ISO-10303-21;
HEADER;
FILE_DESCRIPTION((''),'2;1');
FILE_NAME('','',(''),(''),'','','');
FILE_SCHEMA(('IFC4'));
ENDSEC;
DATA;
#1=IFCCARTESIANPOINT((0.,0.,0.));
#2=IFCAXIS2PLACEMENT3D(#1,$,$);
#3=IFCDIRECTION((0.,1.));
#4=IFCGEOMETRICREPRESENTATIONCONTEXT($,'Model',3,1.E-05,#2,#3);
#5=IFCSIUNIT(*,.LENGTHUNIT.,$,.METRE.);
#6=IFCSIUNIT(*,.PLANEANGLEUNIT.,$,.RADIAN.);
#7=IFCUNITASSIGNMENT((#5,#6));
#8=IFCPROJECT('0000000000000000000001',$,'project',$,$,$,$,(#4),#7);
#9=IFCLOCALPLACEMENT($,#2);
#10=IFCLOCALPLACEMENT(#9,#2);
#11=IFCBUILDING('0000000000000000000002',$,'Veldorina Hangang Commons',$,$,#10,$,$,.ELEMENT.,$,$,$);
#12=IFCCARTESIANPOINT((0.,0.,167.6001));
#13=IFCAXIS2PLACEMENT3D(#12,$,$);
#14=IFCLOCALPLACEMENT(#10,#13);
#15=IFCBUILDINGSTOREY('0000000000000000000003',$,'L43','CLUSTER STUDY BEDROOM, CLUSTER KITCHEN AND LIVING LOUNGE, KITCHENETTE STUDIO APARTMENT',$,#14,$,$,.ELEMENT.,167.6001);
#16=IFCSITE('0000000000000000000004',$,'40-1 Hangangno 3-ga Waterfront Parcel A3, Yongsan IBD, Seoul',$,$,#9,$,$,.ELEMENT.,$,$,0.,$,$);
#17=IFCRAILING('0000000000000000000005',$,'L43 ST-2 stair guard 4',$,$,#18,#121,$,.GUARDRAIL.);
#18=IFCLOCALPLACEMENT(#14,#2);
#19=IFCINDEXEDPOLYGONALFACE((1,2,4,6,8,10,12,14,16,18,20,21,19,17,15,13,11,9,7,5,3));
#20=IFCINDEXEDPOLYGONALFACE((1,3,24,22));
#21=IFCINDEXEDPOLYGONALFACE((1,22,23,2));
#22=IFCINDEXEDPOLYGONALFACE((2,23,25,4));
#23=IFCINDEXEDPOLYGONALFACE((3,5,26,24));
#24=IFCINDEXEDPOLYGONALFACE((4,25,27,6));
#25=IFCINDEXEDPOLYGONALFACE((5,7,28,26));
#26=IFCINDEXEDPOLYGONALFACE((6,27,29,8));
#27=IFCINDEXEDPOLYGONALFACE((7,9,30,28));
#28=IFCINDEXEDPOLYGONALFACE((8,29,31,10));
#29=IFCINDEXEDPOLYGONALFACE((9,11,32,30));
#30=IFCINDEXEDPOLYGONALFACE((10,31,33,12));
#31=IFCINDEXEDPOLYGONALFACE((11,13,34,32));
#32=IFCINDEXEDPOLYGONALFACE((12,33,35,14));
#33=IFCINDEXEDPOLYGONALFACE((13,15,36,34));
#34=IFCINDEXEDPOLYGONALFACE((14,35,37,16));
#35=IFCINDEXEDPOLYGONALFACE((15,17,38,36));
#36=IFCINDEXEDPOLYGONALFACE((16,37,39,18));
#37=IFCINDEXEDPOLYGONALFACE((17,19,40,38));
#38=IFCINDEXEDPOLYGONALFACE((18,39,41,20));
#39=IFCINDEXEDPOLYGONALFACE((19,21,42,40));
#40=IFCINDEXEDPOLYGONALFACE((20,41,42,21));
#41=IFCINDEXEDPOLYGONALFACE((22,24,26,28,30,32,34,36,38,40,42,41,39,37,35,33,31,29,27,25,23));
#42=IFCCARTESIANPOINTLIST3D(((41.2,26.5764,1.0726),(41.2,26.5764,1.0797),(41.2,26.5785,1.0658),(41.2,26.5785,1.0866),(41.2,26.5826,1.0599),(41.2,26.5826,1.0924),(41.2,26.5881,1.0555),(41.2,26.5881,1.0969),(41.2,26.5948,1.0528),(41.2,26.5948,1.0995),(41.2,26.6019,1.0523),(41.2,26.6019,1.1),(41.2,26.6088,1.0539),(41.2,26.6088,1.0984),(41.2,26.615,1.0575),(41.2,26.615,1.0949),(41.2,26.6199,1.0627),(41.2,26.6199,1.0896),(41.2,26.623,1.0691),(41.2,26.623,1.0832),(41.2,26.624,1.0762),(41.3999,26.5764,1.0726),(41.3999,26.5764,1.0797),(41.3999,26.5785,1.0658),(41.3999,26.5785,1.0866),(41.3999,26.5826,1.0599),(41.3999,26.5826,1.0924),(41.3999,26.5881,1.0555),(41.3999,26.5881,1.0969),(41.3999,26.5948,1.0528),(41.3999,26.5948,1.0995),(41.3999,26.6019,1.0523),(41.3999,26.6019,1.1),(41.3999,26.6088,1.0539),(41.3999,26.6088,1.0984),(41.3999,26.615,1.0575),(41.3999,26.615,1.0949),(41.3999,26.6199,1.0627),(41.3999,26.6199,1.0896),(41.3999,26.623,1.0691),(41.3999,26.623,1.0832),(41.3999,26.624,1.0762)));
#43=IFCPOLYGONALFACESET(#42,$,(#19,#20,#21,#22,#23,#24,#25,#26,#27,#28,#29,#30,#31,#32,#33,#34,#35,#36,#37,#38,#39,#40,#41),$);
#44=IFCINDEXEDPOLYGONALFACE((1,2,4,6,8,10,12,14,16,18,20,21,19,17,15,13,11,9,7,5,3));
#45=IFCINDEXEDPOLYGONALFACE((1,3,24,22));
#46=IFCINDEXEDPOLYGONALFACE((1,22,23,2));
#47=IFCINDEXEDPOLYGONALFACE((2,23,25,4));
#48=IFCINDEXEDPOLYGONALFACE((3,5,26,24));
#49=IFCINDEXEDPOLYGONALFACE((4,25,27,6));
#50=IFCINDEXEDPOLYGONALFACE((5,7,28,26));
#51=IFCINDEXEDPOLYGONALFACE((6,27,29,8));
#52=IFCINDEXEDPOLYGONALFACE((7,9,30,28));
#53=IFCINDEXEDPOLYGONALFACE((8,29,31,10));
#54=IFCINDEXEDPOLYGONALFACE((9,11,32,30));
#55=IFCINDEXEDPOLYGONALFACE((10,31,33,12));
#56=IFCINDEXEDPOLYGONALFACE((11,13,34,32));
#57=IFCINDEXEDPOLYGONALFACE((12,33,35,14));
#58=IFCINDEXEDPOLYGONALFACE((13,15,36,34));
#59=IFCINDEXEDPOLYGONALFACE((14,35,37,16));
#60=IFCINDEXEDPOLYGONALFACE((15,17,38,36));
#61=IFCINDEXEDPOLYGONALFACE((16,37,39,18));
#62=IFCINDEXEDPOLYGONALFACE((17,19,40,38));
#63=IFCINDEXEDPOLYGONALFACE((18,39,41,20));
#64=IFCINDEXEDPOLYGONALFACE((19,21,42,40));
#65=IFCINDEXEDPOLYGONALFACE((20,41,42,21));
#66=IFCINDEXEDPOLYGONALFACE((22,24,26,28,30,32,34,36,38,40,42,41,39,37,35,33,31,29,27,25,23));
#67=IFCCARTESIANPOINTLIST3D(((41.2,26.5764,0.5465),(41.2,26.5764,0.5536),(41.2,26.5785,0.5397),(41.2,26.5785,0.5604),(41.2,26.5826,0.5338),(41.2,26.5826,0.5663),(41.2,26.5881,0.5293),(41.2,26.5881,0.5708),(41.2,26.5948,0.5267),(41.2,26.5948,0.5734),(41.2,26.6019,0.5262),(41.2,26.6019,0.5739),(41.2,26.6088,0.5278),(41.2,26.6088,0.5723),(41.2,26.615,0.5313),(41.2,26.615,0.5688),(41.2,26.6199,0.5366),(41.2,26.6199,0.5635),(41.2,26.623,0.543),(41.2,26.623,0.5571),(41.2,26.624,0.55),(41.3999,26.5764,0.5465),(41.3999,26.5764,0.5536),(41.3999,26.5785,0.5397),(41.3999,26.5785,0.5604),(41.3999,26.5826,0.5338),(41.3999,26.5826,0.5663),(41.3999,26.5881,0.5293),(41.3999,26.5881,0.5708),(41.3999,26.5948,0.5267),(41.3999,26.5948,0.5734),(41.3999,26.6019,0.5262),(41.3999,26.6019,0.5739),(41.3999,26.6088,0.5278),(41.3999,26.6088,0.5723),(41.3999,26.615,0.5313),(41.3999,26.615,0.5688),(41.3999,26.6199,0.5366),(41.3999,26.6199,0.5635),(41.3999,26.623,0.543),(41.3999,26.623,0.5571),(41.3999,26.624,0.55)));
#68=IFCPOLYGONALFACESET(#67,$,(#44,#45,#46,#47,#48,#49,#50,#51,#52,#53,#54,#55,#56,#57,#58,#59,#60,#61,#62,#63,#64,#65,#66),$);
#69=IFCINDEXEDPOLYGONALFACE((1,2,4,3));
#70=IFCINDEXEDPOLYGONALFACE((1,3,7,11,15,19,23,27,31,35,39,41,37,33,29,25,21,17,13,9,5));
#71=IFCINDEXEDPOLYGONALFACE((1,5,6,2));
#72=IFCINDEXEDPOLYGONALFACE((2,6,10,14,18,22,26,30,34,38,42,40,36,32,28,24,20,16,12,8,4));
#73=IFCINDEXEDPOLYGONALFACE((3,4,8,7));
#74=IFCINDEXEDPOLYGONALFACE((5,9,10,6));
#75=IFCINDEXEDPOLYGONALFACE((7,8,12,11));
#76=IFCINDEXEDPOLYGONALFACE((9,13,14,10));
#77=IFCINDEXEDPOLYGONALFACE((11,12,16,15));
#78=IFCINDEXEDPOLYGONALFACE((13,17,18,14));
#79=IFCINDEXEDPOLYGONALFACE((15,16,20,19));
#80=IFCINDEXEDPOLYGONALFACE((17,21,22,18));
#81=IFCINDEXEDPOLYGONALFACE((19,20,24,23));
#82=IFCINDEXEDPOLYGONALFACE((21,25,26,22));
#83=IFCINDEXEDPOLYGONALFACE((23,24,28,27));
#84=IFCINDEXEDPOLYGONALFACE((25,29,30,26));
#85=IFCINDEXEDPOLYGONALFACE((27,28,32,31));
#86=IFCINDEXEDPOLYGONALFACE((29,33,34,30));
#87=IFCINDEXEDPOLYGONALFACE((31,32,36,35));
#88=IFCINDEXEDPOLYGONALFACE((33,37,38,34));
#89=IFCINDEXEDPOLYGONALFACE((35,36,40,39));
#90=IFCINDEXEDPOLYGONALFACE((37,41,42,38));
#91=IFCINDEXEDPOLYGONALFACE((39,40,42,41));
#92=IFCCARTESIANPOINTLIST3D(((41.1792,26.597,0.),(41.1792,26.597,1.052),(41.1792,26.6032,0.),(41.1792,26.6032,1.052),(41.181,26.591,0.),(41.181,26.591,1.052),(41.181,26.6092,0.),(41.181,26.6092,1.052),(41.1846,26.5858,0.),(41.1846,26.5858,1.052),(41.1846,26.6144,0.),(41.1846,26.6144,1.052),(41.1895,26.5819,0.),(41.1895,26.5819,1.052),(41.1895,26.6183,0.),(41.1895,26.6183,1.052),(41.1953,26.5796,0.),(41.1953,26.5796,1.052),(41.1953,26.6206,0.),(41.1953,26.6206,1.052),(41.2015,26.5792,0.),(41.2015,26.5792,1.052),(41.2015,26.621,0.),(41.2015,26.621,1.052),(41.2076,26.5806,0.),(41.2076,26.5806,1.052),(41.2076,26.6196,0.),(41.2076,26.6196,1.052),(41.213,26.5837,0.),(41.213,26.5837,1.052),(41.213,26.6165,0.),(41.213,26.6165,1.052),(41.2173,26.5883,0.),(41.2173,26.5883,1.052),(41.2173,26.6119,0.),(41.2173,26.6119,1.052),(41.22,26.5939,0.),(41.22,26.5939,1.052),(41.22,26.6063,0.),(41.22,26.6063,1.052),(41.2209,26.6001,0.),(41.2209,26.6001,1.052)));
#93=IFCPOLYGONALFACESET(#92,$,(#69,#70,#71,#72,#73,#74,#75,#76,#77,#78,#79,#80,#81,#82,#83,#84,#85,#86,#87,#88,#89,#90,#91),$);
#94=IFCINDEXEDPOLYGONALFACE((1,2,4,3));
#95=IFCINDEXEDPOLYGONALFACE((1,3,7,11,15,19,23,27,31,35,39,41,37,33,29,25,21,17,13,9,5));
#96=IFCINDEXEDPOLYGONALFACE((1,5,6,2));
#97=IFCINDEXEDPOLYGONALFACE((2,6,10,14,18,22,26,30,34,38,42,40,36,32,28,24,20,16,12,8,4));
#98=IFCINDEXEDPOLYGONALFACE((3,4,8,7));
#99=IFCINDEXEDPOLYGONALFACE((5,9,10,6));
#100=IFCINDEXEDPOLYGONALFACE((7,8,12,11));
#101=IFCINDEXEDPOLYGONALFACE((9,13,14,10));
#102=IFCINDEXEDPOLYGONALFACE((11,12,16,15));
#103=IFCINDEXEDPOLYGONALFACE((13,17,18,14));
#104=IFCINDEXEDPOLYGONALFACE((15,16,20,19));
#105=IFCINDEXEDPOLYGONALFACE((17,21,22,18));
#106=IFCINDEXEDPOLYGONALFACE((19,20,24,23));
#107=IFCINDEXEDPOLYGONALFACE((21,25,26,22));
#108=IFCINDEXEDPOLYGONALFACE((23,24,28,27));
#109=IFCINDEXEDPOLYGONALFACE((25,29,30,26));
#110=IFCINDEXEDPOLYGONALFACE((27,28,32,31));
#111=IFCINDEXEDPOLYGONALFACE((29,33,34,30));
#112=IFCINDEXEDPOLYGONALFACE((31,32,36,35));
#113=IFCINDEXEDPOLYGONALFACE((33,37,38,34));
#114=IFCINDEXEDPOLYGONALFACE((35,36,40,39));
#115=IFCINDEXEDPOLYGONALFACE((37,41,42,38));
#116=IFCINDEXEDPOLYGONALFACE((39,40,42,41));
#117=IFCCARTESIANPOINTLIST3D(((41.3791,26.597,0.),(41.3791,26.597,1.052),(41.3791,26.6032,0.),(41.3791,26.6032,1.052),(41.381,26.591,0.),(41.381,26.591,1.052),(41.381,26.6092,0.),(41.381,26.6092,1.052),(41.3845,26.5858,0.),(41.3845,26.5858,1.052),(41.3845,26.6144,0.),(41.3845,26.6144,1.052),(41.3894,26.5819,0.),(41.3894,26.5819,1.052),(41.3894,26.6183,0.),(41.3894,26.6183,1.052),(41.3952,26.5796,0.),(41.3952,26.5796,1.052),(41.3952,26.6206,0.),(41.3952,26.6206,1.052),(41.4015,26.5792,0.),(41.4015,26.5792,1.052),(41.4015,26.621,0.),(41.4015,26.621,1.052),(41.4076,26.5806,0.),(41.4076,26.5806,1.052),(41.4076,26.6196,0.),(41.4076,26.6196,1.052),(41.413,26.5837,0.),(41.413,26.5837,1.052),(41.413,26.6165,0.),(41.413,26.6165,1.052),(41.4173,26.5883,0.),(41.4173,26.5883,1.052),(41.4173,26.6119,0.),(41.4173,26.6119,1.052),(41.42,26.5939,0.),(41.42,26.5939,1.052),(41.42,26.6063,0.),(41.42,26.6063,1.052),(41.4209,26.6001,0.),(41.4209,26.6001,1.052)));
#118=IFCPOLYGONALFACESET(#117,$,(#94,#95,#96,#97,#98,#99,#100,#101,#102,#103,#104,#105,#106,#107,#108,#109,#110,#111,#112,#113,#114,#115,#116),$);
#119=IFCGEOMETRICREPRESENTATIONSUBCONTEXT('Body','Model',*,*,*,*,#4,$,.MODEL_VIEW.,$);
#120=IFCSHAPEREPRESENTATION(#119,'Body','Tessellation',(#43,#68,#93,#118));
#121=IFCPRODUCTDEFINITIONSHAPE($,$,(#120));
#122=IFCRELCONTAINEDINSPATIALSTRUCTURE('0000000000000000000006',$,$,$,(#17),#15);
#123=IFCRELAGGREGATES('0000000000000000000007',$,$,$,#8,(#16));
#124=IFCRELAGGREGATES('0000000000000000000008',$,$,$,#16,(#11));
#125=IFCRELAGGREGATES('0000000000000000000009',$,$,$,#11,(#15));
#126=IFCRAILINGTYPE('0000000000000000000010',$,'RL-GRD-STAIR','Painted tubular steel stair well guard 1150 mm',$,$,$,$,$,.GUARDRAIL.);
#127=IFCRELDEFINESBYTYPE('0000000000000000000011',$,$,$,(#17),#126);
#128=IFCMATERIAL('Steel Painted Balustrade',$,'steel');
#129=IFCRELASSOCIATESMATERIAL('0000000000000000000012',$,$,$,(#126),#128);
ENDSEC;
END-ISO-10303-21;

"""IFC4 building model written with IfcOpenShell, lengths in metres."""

from ifc_helpers import new_model, si_unit, direction, frame, origin, origin_2d, place, context, subcontext, project, spatial, circle, extrude, material, type_object, element, save


model = new_model("IFC4")

# Units and contexts
model_context = context("Model", 3, precision=1e-05, world=origin(), true_north=direction((0.0, 1.0)))
body_context = subcontext(model_context, "Body", "Model", "MODEL_VIEW")
ifc_project = project(units=[si_unit("LENGTHUNIT", "METRE"), si_unit("PLANEANGLEUNIT", "RADIAN")], contexts=[model_context])

# Site, building, storey
site_placement = place(None, origin())
site = spatial("IfcSite", under=ifc_project, at=site_placement, Name="40-1 Hangangno 3-ga Waterfront Parcel A3, Yongsan IBD, Seoul", CompositionType="ELEMENT", RefElevation=0.0)
building_placement = place(site_placement, origin())
building = spatial("IfcBuilding", under=site, at=building_placement, Name="Veldorina Hangang Commons", CompositionType="ELEMENT")
storey_placement = place(building_placement, frame((0.0, 0.0, 167.6001)))
storey = spatial("IfcBuildingStorey", under=building, at=storey_placement, Name="L43", Description="CLUSTER STUDY BEDROOM, CLUSTER KITCHEN AND LIVING LOUNGE, KITCHENETTE STUDIO APARTMENT", CompositionType="ELEMENT", Elevation=167.6001)

# Railing
ifc_material_1 = material(Name="Steel Painted Balustrade", Category="steel")
railing_type_1 = type_object("IfcRailingType", Name="RL-GRD-STAIR", Description="Painted tubular steel stair well guard 1150 mm", PredefinedType="GUARDRAIL", material=ifc_material_1)
railing_1_placement = place(storey_placement, frame((41.2, 26.6001, 0.0)))
element("IfcRailing", 1, at=railing_1_placement, inside=storey, type_object=railing_type_1, Name="L43 ST-2 stair guard 4", PredefinedType="GUARDRAIL", context=body_context, shape_type="SweptSolid", body=[
    extrude(circle(Radius=0.0239, at=origin_2d()), frame((0.0, 0.0, 1.0762), z_axis=(1.0, 0.0, 0.0), x_axis=(0.0, 1.0, 0.0)), (0.0, 0.0, 1.0), 0.2),
    extrude(circle(Radius=0.0239, at=origin_2d()), frame((0.0, 0.0, 0.55), z_axis=(1.0, 0.0, 0.0), x_axis=(0.0, 1.0, 0.0)), (0.0, 0.0, 1.0), 0.2),
    extrude(circle(Radius=0.021, at=origin_2d()), origin(), (0.0, 0.0, 1.0), 1.052),
    extrude(circle(Radius=0.021, at=origin_2d()), frame((0.2, 0.0, 0.0)), (0.0, 0.0, 1.0), 1.052),
])

save(model, "model.ifc")
